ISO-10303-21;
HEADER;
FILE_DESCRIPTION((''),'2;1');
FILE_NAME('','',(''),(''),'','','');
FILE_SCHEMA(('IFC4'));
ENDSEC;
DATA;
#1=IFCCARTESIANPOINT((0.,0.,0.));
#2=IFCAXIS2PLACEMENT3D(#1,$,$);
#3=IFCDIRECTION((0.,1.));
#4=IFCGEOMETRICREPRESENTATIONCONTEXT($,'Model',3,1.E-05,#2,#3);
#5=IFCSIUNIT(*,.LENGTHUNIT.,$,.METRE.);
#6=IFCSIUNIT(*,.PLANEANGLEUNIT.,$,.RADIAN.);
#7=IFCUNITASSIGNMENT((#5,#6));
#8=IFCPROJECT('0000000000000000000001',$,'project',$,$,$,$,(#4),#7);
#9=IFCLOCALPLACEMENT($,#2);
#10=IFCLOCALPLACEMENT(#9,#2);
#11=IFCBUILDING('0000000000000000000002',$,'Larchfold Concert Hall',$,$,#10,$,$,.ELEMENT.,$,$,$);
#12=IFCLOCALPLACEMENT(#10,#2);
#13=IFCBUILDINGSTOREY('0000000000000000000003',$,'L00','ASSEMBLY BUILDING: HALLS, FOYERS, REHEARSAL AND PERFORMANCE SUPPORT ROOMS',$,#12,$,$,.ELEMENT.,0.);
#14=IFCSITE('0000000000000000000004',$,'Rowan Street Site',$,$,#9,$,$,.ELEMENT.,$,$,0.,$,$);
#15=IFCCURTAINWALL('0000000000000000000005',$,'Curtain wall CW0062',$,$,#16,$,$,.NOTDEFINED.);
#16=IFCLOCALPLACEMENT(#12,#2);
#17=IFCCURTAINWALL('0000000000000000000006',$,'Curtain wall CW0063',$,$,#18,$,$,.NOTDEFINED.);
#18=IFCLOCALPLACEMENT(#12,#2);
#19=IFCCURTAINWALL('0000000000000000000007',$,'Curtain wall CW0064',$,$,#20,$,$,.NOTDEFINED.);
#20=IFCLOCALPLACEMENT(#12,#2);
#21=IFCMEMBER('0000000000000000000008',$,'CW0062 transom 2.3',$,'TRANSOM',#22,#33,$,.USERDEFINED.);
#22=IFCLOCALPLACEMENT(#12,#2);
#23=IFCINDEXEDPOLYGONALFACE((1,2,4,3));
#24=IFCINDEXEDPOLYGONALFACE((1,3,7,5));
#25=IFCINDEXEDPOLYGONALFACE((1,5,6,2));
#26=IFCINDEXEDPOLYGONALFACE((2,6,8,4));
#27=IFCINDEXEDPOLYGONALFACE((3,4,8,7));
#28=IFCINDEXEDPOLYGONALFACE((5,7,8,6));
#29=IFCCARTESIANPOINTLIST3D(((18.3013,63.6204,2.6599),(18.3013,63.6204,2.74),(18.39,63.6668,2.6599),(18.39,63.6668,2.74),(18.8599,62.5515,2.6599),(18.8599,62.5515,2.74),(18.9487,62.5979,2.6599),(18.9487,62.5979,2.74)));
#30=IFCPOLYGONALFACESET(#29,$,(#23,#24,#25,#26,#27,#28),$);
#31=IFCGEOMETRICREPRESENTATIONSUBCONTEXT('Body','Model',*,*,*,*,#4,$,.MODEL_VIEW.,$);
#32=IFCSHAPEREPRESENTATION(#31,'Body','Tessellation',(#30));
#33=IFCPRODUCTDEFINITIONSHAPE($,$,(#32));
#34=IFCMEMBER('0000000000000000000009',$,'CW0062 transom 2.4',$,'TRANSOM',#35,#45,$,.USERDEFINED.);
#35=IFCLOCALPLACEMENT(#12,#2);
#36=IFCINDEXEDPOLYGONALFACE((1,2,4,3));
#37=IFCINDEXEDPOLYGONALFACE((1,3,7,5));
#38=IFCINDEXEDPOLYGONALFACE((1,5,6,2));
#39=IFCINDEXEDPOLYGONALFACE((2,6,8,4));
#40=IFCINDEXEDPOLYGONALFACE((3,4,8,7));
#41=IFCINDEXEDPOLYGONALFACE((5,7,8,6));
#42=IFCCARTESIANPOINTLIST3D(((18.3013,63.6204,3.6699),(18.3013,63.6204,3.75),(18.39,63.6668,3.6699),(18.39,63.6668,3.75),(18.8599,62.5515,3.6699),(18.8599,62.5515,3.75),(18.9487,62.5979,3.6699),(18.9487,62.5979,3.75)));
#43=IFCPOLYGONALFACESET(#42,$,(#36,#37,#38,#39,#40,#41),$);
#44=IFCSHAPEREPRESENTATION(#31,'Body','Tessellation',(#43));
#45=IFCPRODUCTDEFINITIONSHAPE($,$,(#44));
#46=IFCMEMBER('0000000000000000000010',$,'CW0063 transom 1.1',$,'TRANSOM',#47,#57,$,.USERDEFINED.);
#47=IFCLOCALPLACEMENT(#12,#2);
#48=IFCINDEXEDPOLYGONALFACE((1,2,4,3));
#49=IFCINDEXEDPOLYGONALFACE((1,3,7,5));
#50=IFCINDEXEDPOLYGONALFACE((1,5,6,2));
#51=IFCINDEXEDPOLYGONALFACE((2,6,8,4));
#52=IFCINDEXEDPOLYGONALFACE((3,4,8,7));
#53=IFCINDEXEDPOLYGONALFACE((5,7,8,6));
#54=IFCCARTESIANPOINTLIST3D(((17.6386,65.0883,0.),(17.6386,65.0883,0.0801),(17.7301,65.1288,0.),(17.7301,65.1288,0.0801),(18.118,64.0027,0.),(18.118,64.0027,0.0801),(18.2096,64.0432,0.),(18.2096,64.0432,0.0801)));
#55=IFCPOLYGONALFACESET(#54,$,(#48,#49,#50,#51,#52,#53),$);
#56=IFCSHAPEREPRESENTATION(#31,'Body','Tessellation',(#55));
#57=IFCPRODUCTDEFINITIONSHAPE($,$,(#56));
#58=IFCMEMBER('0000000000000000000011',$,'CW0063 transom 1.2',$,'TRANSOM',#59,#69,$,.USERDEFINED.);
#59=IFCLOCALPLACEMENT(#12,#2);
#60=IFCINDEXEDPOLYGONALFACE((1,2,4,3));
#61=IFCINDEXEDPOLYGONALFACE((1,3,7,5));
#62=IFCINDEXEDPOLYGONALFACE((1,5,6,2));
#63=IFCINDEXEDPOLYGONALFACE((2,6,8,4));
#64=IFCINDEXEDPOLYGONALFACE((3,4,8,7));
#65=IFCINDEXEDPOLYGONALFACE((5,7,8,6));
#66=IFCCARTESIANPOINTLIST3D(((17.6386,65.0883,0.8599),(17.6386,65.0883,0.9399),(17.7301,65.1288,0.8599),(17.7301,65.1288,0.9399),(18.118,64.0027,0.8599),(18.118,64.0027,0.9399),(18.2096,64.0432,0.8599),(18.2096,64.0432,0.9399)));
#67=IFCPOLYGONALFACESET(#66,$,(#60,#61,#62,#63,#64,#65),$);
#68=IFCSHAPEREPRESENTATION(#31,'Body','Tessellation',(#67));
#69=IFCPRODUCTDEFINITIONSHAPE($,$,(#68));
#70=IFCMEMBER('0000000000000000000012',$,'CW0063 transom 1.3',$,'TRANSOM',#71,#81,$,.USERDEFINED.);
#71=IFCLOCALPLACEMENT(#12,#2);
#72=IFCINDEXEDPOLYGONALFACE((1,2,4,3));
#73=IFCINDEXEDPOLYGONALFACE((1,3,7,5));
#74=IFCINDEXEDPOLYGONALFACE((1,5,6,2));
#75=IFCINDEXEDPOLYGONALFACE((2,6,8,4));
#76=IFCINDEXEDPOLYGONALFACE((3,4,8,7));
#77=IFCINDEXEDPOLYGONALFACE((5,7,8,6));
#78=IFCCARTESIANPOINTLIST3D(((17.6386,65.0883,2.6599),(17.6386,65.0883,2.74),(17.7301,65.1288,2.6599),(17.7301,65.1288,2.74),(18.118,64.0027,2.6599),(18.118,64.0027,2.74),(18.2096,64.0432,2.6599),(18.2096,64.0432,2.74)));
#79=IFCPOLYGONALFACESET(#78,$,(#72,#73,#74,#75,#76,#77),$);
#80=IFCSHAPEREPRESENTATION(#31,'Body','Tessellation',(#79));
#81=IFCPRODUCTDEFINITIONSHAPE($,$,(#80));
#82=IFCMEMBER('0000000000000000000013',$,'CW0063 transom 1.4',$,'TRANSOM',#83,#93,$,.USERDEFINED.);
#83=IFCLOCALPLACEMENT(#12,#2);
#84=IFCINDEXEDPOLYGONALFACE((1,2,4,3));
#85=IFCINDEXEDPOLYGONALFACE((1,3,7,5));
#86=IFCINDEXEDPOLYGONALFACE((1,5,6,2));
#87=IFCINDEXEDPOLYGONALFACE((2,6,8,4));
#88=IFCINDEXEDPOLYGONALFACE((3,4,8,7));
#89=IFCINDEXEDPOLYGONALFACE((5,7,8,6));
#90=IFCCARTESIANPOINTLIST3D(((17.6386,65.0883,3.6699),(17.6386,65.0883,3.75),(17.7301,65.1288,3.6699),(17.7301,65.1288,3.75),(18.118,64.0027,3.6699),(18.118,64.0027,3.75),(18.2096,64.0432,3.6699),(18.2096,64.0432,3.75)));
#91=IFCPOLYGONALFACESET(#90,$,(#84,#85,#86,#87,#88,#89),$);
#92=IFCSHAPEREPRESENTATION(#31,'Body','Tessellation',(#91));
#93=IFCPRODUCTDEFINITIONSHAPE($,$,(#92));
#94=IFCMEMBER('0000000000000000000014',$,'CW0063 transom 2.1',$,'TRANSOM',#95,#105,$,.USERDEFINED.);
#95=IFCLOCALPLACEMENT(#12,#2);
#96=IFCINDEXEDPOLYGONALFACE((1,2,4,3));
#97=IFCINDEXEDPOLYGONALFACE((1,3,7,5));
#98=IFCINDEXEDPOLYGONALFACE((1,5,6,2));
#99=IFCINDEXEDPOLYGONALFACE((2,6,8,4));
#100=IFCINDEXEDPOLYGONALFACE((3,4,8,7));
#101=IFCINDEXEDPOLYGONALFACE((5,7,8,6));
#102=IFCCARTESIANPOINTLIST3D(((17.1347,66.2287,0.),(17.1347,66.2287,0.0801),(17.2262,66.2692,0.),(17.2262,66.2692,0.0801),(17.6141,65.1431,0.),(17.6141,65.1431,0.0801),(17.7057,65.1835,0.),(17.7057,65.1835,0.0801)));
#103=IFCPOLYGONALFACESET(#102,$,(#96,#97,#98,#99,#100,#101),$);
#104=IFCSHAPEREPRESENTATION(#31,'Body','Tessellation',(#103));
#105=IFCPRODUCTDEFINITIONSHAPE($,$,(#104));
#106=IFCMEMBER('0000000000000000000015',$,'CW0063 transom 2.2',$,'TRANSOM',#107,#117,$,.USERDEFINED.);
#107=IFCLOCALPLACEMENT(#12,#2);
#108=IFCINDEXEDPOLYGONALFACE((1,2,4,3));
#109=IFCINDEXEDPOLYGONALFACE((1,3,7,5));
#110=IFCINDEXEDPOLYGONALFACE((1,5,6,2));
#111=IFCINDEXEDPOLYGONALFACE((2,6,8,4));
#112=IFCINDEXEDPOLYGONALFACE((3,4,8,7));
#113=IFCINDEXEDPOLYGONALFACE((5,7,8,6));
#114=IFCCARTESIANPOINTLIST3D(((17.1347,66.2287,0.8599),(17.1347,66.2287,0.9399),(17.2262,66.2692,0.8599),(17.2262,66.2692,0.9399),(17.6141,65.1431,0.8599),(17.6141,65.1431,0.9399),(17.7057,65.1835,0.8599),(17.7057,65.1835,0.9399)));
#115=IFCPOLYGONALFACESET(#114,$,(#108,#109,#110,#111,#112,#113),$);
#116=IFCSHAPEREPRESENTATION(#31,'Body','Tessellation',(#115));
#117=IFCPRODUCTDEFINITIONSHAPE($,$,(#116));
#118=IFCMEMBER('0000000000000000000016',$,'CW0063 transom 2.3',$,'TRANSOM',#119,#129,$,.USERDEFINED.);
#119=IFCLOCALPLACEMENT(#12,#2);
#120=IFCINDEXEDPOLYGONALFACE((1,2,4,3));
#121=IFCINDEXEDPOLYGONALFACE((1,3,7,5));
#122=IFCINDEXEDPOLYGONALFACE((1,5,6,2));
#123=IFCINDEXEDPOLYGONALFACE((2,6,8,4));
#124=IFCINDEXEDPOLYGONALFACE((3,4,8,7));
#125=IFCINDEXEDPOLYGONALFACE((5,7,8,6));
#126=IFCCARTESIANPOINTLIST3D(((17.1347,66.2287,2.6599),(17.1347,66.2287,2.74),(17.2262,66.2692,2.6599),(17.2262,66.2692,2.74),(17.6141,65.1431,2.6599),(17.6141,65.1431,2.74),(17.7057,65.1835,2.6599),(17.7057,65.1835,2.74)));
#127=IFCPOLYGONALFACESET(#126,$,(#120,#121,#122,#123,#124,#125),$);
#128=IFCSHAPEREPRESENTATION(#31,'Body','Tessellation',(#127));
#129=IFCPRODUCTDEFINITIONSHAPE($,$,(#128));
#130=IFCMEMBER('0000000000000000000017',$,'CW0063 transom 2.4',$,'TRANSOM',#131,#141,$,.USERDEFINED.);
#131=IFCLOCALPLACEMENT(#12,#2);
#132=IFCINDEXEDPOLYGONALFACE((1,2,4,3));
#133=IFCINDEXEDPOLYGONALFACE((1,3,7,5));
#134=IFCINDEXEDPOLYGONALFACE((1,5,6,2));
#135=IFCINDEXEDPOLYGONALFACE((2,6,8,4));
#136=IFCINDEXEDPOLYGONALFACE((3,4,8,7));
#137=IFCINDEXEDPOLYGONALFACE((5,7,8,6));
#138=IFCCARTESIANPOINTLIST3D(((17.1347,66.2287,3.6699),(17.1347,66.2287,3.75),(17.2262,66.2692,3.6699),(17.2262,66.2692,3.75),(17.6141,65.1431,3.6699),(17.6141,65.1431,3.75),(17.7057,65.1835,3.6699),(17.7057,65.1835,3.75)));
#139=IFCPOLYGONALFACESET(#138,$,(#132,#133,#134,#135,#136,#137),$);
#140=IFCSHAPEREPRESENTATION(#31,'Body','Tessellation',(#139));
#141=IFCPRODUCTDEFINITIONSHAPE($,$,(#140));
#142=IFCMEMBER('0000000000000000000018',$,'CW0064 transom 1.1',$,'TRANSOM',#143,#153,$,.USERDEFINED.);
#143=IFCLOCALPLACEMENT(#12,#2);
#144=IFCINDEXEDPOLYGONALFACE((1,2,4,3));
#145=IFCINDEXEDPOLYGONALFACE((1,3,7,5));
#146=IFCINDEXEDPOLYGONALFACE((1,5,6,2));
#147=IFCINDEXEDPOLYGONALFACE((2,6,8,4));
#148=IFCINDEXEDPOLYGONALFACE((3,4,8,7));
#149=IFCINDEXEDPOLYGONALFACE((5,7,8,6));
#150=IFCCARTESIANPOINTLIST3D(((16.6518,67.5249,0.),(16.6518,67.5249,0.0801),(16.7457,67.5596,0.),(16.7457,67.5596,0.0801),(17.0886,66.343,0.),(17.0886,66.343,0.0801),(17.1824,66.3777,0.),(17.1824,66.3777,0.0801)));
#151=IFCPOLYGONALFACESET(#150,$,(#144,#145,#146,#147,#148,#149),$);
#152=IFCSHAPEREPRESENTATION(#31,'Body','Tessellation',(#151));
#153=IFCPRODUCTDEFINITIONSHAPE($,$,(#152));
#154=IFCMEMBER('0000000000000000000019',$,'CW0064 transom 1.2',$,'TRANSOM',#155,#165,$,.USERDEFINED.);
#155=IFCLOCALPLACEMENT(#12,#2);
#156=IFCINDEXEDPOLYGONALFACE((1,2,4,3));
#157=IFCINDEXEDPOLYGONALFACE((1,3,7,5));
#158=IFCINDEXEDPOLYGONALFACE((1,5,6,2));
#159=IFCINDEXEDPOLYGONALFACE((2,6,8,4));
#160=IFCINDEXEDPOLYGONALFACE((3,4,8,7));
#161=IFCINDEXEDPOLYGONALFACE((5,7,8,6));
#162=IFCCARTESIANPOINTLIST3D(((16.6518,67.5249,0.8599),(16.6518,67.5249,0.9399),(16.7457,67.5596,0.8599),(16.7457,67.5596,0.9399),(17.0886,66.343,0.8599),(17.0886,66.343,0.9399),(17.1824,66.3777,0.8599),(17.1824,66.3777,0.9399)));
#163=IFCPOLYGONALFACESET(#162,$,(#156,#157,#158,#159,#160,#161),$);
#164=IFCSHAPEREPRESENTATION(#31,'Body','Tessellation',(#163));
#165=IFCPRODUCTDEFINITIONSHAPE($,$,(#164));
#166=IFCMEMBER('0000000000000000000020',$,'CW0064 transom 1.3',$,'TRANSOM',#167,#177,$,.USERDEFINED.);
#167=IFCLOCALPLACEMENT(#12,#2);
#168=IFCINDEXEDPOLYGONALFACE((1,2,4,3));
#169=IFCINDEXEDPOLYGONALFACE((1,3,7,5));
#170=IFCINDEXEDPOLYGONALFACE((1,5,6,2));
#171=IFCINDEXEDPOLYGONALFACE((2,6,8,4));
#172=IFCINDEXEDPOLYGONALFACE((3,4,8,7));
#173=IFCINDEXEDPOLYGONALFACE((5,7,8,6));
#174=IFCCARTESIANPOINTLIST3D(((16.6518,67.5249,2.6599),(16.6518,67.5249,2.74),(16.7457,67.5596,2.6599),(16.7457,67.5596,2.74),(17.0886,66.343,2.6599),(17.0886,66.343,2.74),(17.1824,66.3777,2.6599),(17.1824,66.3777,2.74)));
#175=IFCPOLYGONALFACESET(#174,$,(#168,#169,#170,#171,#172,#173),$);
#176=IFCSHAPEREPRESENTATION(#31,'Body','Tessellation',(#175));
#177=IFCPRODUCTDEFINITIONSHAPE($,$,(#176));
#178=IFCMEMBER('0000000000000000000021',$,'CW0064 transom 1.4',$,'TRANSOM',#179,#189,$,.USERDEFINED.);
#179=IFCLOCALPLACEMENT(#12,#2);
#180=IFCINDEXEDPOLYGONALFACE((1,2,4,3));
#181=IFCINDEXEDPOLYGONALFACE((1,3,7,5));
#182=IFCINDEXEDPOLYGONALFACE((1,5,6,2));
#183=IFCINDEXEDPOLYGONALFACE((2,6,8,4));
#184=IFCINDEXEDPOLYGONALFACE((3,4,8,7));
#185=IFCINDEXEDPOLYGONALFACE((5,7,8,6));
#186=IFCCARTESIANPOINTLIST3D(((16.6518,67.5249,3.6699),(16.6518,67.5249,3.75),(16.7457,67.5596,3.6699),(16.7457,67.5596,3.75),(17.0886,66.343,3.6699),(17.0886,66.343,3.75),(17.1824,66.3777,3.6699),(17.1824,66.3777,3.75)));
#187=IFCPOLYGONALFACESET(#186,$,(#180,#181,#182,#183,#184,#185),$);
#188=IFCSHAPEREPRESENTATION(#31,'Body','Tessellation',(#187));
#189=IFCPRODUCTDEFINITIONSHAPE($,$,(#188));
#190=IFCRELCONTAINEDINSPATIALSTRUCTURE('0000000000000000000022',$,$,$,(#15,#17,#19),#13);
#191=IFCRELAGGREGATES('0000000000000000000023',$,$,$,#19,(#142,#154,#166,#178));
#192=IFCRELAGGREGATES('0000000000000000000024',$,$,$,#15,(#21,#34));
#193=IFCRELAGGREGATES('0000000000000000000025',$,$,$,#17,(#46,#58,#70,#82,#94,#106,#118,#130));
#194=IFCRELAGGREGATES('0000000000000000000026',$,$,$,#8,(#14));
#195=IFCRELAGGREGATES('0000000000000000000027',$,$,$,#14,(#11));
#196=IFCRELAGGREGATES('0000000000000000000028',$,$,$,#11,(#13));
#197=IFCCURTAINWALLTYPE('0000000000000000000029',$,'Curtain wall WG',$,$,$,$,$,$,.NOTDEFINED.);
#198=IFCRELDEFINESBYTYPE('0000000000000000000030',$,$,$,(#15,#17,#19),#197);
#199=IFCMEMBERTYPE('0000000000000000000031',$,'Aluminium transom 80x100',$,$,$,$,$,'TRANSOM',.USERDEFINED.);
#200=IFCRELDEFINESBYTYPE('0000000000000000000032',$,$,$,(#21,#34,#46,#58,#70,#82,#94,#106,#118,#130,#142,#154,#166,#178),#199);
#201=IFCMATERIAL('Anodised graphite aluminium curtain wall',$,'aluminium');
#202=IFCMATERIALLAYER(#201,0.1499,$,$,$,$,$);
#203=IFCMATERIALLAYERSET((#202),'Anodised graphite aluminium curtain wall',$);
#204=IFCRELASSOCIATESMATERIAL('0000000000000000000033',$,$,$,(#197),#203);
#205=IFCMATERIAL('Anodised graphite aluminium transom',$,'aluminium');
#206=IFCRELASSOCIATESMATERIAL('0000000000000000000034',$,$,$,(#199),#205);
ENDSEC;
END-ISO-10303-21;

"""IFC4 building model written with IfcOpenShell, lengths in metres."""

from ifc_helpers import new_model, si_unit, direction, frame, origin, origin_2d, place, context, subcontext, project, spatial, rectangle, extrude, material, layer, layer_set, material_profile, profile_set, type_object, element, aggregate, save


model = new_model("IFC4")

# Units and contexts
model_context = context("Model", 3, precision=1e-05, world=origin(), true_north=direction((0.0, 1.0)))
body_context = subcontext(model_context, "Body", "Model", "MODEL_VIEW")
ifc_project = project(units=[si_unit("LENGTHUNIT", "METRE"), si_unit("PLANEANGLEUNIT", "RADIAN")], contexts=[model_context])

# Site, building, storey
site_placement = place(None, origin())
site = spatial("IfcSite", under=ifc_project, at=site_placement, Name="Rowan Street Site", CompositionType="ELEMENT", RefElevation=0.0)
building_placement = place(site_placement, origin())
building = spatial("IfcBuilding", under=site, at=building_placement, Name="Larchfold Concert Hall", CompositionType="ELEMENT")
storey_placement = place(building_placement, origin())
storey = spatial("IfcBuildingStorey", under=building, at=storey_placement, Name="L00", Description="ASSEMBLY BUILDING: HALLS, FOYERS, REHEARSAL AND PERFORMANCE SUPPORT ROOMS", CompositionType="ELEMENT", Elevation=0.0)

# Curtain wall
ifc_material_1 = material(Name="Anodised graphite aluminium curtain wall", Category="aluminium")
ifc_layer_1 = layer(ifc_material_1, 0.1499)
ifc_layer_set_1 = layer_set([ifc_layer_1], Name="Anodised graphite aluminium curtain wall")
curtain_wall_type = type_object("IfcCurtainWallType", Name="Curtain wall WG", PredefinedType="NOTDEFINED", material=ifc_layer_set_1)
curtain_wall_1_placement = place(storey_placement, origin())
curtain_wall_1 = element("IfcCurtainWall", 1, at=curtain_wall_1_placement, inside=storey, type_object=curtain_wall_type, Name="Curtain wall CW0062", PredefinedType="NOTDEFINED")

# Curtain wall
curtain_wall_2_placement = place(storey_placement, origin())
curtain_wall_2 = element("IfcCurtainWall", 2, at=curtain_wall_2_placement, inside=storey, type_object=curtain_wall_type, Name="Curtain wall CW0063", PredefinedType="NOTDEFINED")

# Curtain wall
curtain_wall_3_placement = place(storey_placement, origin())
curtain_wall_3 = element("IfcCurtainWall", 3, at=curtain_wall_3_placement, inside=storey, type_object=curtain_wall_type, Name="Curtain wall CW0064", PredefinedType="NOTDEFINED")

# Members
ifc_material_2 = material(Name="Anodised graphite aluminium transom", Category="aluminium")
ifc_material_profile_1 = material_profile(ifc_material_2, rectangle(XDim=0.1001, YDim=0.0801, at=origin_2d()))
ifc_profile_set_1 = profile_set([ifc_material_profile_1], Name="Anodised graphite aluminium transom")
member_type_1 = type_object("IfcMemberType", Name="Aluminium transom 80x100", ElementType="TRANSOM", PredefinedType="USERDEFINED", material=ifc_profile_set_1)
member_1_placement = place(storey_placement, frame((18.9043, 62.5747, 2.7), z_axis=(-0.463175, 0.886267, 0.0), x_axis=(-0.886267, -0.463175, 0.0)))
member_1 = element("IfcMember", 4, at=member_1_placement, type_object=member_type_1, Name="CW0062 transom 2.3", ObjectType="TRANSOM", PredefinedType="USERDEFINED", context=body_context, shape_type="SweptSolid", body=[
    extrude(rectangle(XDim=0.1001, YDim=0.0801, at=origin_2d()), origin(), (0.0, 0.0, 1.0), 1.2061),
])
member_2_placement = place(storey_placement, frame((18.9043, 62.5747, 3.71), z_axis=(-0.463175, 0.886267, 0.0), x_axis=(-0.886267, -0.463175, 0.0)))
member_2 = element("IfcMember", 5, at=member_2_placement, type_object=member_type_1, Name="CW0062 transom 2.4", ObjectType="TRANSOM", PredefinedType="USERDEFINED", context=body_context, shape_type="SweptSolid", body=[
    extrude(rectangle(XDim=0.1001, YDim=0.0801, at=origin_2d()), origin(), (0.0, 0.0, 1.0), 1.2061),
])
member_3_placement = place(storey_placement, frame((18.1638, 64.0229, 0.04), z_axis=(-0.404, 0.914759, 0.0), x_axis=(-0.914759, -0.404, 0.0)))
member_3 = element("IfcMember", 6, at=member_3_placement, type_object=member_type_1, Name="CW0063 transom 1.1", ObjectType="TRANSOM", PredefinedType="USERDEFINED", context=body_context, shape_type="SweptSolid", body=[
    extrude(rectangle(XDim=0.1001, YDim=0.0801, at=origin_2d()), origin(), (0.0, 0.0, 1.0), 1.1868),
])
member_4_placement = place(storey_placement, frame((18.1638, 64.0229, 0.8999), z_axis=(-0.404, 0.914759, 0.0), x_axis=(-0.914759, -0.404, 0.0)))
member_4 = element("IfcMember", 7, at=member_4_placement, type_object=member_type_1, Name="CW0063 transom 1.2", ObjectType="TRANSOM", PredefinedType="USERDEFINED", context=body_context, shape_type="SweptSolid", body=[
    extrude(rectangle(XDim=0.1001, YDim=0.0801, at=origin_2d()), origin(), (0.0, 0.0, 1.0), 1.1868),
])
member_5_placement = place(storey_placement, frame((18.1638, 64.0229, 2.7), z_axis=(-0.404, 0.914759, 0.0), x_axis=(-0.914759, -0.404, 0.0)))
member_5 = element("IfcMember", 8, at=member_5_placement, type_object=member_type_1, Name="CW0063 transom 1.3", ObjectType="TRANSOM", PredefinedType="USERDEFINED", context=body_context, shape_type="SweptSolid", body=[
    extrude(rectangle(XDim=0.1001, YDim=0.0801, at=origin_2d()), origin(), (0.0, 0.0, 1.0), 1.1868),
])
member_6_placement = place(storey_placement, frame((18.1638, 64.0229, 3.71), z_axis=(-0.404, 0.914759, 0.0), x_axis=(-0.914759, -0.404, 0.0)))
member_6 = element("IfcMember", 9, at=member_6_placement, type_object=member_type_1, Name="CW0063 transom 1.4", ObjectType="TRANSOM", PredefinedType="USERDEFINED", context=body_context, shape_type="SweptSolid", body=[
    extrude(rectangle(XDim=0.1001, YDim=0.0801, at=origin_2d()), origin(), (0.0, 0.0, 1.0), 1.1868),
])
member_7_placement = place(storey_placement, frame((17.6599, 65.1633, 0.04), z_axis=(-0.404, 0.914759, 0.0), x_axis=(-0.914759, -0.404, 0.0)))
member_7 = element("IfcMember", 10, at=member_7_placement, type_object=member_type_1, Name="CW0063 transom 2.1", ObjectType="TRANSOM", PredefinedType="USERDEFINED", context=body_context, shape_type="SweptSolid", body=[
    extrude(rectangle(XDim=0.1001, YDim=0.0801, at=origin_2d()), origin(), (0.0, 0.0, 1.0), 1.1868),
])
member_8_placement = place(storey_placement, frame((17.6599, 65.1633, 0.8999), z_axis=(-0.404, 0.914759, 0.0), x_axis=(-0.914759, -0.404, 0.0)))
member_8 = element("IfcMember", 11, at=member_8_placement, type_object=member_type_1, Name="CW0063 transom 2.2", ObjectType="TRANSOM", PredefinedType="USERDEFINED", context=body_context, shape_type="SweptSolid", body=[
    extrude(rectangle(XDim=0.1001, YDim=0.0801, at=origin_2d()), origin(), (0.0, 0.0, 1.0), 1.1868),
])
member_9_placement = place(storey_placement, frame((17.6599, 65.1633, 2.7), z_axis=(-0.404, 0.914759, 0.0), x_axis=(-0.914759, -0.404, 0.0)))
member_9 = element("IfcMember", 12, at=member_9_placement, type_object=member_type_1, Name="CW0063 transom 2.3", ObjectType="TRANSOM", PredefinedType="USERDEFINED", context=body_context, shape_type="SweptSolid", body=[
    extrude(rectangle(XDim=0.1001, YDim=0.0801, at=origin_2d()), origin(), (0.0, 0.0, 1.0), 1.1868),
])
member_10_placement = place(storey_placement, frame((17.6599, 65.1633, 3.71), z_axis=(-0.404, 0.914759, 0.0), x_axis=(-0.914759, -0.404, 0.0)))
member_10 = element("IfcMember", 13, at=member_10_placement, type_object=member_type_1, Name="CW0063 transom 2.4", ObjectType="TRANSOM", PredefinedType="USERDEFINED", context=body_context, shape_type="SweptSolid", body=[
    extrude(rectangle(XDim=0.1001, YDim=0.0801, at=origin_2d()), origin(), (0.0, 0.0, 1.0), 1.1868),
])
member_11_placement = place(storey_placement, frame((17.1355, 66.3604, 0.04), z_axis=(-0.346639, 0.937999, 0.0), x_axis=(-0.937999, -0.346639, 0.0)))
member_11 = element("IfcMember", 14, at=member_11_placement, type_object=member_type_1, Name="CW0064 transom 1.1", ObjectType="TRANSOM", PredefinedType="USERDEFINED", context=body_context, shape_type="SweptSolid", body=[
    extrude(rectangle(XDim=0.1001, YDim=0.0801, at=origin_2d()), origin(), (0.0, 0.0, 1.0), 1.26),
])
member_12_placement = place(storey_placement, frame((17.1355, 66.3604, 0.8999), z_axis=(-0.346639, 0.937999, 0.0), x_axis=(-0.937999, -0.346639, 0.0)))
member_12 = element("IfcMember", 15, at=member_12_placement, type_object=member_type_1, Name="CW0064 transom 1.2", ObjectType="TRANSOM", PredefinedType="USERDEFINED", context=body_context, shape_type="SweptSolid", body=[
    extrude(rectangle(XDim=0.1001, YDim=0.0801, at=origin_2d()), origin(), (0.0, 0.0, 1.0), 1.26),
])
member_13_placement = place(storey_placement, frame((17.1355, 66.3604, 2.7), z_axis=(-0.346639, 0.937999, 0.0), x_axis=(-0.937999, -0.346639, 0.0)))
member_13 = element("IfcMember", 16, at=member_13_placement, type_object=member_type_1, Name="CW0064 transom 1.3", ObjectType="TRANSOM", PredefinedType="USERDEFINED", context=body_context, shape_type="SweptSolid", body=[
    extrude(rectangle(XDim=0.1001, YDim=0.0801, at=origin_2d()), origin(), (0.0, 0.0, 1.0), 1.26),
])
member_14_placement = place(storey_placement, frame((17.1355, 66.3604, 3.71), z_axis=(-0.346639, 0.937999, 0.0), x_axis=(-0.937999, -0.346639, 0.0)))
member_14 = element("IfcMember", 17, at=member_14_placement, type_object=member_type_1, Name="CW0064 transom 1.4", ObjectType="TRANSOM", PredefinedType="USERDEFINED", context=body_context, shape_type="SweptSolid", body=[
    extrude(rectangle(XDim=0.1001, YDim=0.0801, at=origin_2d()), origin(), (0.0, 0.0, 1.0), 1.26),
])
aggregate(curtain_wall_3, [member_11, member_12, member_13, member_14])

aggregate(curtain_wall_1, [member_1, member_2])
aggregate(curtain_wall_2, [member_3, member_4, member_5, member_6, member_7, member_8, member_9, member_10])

save(model, "model.ifc")
